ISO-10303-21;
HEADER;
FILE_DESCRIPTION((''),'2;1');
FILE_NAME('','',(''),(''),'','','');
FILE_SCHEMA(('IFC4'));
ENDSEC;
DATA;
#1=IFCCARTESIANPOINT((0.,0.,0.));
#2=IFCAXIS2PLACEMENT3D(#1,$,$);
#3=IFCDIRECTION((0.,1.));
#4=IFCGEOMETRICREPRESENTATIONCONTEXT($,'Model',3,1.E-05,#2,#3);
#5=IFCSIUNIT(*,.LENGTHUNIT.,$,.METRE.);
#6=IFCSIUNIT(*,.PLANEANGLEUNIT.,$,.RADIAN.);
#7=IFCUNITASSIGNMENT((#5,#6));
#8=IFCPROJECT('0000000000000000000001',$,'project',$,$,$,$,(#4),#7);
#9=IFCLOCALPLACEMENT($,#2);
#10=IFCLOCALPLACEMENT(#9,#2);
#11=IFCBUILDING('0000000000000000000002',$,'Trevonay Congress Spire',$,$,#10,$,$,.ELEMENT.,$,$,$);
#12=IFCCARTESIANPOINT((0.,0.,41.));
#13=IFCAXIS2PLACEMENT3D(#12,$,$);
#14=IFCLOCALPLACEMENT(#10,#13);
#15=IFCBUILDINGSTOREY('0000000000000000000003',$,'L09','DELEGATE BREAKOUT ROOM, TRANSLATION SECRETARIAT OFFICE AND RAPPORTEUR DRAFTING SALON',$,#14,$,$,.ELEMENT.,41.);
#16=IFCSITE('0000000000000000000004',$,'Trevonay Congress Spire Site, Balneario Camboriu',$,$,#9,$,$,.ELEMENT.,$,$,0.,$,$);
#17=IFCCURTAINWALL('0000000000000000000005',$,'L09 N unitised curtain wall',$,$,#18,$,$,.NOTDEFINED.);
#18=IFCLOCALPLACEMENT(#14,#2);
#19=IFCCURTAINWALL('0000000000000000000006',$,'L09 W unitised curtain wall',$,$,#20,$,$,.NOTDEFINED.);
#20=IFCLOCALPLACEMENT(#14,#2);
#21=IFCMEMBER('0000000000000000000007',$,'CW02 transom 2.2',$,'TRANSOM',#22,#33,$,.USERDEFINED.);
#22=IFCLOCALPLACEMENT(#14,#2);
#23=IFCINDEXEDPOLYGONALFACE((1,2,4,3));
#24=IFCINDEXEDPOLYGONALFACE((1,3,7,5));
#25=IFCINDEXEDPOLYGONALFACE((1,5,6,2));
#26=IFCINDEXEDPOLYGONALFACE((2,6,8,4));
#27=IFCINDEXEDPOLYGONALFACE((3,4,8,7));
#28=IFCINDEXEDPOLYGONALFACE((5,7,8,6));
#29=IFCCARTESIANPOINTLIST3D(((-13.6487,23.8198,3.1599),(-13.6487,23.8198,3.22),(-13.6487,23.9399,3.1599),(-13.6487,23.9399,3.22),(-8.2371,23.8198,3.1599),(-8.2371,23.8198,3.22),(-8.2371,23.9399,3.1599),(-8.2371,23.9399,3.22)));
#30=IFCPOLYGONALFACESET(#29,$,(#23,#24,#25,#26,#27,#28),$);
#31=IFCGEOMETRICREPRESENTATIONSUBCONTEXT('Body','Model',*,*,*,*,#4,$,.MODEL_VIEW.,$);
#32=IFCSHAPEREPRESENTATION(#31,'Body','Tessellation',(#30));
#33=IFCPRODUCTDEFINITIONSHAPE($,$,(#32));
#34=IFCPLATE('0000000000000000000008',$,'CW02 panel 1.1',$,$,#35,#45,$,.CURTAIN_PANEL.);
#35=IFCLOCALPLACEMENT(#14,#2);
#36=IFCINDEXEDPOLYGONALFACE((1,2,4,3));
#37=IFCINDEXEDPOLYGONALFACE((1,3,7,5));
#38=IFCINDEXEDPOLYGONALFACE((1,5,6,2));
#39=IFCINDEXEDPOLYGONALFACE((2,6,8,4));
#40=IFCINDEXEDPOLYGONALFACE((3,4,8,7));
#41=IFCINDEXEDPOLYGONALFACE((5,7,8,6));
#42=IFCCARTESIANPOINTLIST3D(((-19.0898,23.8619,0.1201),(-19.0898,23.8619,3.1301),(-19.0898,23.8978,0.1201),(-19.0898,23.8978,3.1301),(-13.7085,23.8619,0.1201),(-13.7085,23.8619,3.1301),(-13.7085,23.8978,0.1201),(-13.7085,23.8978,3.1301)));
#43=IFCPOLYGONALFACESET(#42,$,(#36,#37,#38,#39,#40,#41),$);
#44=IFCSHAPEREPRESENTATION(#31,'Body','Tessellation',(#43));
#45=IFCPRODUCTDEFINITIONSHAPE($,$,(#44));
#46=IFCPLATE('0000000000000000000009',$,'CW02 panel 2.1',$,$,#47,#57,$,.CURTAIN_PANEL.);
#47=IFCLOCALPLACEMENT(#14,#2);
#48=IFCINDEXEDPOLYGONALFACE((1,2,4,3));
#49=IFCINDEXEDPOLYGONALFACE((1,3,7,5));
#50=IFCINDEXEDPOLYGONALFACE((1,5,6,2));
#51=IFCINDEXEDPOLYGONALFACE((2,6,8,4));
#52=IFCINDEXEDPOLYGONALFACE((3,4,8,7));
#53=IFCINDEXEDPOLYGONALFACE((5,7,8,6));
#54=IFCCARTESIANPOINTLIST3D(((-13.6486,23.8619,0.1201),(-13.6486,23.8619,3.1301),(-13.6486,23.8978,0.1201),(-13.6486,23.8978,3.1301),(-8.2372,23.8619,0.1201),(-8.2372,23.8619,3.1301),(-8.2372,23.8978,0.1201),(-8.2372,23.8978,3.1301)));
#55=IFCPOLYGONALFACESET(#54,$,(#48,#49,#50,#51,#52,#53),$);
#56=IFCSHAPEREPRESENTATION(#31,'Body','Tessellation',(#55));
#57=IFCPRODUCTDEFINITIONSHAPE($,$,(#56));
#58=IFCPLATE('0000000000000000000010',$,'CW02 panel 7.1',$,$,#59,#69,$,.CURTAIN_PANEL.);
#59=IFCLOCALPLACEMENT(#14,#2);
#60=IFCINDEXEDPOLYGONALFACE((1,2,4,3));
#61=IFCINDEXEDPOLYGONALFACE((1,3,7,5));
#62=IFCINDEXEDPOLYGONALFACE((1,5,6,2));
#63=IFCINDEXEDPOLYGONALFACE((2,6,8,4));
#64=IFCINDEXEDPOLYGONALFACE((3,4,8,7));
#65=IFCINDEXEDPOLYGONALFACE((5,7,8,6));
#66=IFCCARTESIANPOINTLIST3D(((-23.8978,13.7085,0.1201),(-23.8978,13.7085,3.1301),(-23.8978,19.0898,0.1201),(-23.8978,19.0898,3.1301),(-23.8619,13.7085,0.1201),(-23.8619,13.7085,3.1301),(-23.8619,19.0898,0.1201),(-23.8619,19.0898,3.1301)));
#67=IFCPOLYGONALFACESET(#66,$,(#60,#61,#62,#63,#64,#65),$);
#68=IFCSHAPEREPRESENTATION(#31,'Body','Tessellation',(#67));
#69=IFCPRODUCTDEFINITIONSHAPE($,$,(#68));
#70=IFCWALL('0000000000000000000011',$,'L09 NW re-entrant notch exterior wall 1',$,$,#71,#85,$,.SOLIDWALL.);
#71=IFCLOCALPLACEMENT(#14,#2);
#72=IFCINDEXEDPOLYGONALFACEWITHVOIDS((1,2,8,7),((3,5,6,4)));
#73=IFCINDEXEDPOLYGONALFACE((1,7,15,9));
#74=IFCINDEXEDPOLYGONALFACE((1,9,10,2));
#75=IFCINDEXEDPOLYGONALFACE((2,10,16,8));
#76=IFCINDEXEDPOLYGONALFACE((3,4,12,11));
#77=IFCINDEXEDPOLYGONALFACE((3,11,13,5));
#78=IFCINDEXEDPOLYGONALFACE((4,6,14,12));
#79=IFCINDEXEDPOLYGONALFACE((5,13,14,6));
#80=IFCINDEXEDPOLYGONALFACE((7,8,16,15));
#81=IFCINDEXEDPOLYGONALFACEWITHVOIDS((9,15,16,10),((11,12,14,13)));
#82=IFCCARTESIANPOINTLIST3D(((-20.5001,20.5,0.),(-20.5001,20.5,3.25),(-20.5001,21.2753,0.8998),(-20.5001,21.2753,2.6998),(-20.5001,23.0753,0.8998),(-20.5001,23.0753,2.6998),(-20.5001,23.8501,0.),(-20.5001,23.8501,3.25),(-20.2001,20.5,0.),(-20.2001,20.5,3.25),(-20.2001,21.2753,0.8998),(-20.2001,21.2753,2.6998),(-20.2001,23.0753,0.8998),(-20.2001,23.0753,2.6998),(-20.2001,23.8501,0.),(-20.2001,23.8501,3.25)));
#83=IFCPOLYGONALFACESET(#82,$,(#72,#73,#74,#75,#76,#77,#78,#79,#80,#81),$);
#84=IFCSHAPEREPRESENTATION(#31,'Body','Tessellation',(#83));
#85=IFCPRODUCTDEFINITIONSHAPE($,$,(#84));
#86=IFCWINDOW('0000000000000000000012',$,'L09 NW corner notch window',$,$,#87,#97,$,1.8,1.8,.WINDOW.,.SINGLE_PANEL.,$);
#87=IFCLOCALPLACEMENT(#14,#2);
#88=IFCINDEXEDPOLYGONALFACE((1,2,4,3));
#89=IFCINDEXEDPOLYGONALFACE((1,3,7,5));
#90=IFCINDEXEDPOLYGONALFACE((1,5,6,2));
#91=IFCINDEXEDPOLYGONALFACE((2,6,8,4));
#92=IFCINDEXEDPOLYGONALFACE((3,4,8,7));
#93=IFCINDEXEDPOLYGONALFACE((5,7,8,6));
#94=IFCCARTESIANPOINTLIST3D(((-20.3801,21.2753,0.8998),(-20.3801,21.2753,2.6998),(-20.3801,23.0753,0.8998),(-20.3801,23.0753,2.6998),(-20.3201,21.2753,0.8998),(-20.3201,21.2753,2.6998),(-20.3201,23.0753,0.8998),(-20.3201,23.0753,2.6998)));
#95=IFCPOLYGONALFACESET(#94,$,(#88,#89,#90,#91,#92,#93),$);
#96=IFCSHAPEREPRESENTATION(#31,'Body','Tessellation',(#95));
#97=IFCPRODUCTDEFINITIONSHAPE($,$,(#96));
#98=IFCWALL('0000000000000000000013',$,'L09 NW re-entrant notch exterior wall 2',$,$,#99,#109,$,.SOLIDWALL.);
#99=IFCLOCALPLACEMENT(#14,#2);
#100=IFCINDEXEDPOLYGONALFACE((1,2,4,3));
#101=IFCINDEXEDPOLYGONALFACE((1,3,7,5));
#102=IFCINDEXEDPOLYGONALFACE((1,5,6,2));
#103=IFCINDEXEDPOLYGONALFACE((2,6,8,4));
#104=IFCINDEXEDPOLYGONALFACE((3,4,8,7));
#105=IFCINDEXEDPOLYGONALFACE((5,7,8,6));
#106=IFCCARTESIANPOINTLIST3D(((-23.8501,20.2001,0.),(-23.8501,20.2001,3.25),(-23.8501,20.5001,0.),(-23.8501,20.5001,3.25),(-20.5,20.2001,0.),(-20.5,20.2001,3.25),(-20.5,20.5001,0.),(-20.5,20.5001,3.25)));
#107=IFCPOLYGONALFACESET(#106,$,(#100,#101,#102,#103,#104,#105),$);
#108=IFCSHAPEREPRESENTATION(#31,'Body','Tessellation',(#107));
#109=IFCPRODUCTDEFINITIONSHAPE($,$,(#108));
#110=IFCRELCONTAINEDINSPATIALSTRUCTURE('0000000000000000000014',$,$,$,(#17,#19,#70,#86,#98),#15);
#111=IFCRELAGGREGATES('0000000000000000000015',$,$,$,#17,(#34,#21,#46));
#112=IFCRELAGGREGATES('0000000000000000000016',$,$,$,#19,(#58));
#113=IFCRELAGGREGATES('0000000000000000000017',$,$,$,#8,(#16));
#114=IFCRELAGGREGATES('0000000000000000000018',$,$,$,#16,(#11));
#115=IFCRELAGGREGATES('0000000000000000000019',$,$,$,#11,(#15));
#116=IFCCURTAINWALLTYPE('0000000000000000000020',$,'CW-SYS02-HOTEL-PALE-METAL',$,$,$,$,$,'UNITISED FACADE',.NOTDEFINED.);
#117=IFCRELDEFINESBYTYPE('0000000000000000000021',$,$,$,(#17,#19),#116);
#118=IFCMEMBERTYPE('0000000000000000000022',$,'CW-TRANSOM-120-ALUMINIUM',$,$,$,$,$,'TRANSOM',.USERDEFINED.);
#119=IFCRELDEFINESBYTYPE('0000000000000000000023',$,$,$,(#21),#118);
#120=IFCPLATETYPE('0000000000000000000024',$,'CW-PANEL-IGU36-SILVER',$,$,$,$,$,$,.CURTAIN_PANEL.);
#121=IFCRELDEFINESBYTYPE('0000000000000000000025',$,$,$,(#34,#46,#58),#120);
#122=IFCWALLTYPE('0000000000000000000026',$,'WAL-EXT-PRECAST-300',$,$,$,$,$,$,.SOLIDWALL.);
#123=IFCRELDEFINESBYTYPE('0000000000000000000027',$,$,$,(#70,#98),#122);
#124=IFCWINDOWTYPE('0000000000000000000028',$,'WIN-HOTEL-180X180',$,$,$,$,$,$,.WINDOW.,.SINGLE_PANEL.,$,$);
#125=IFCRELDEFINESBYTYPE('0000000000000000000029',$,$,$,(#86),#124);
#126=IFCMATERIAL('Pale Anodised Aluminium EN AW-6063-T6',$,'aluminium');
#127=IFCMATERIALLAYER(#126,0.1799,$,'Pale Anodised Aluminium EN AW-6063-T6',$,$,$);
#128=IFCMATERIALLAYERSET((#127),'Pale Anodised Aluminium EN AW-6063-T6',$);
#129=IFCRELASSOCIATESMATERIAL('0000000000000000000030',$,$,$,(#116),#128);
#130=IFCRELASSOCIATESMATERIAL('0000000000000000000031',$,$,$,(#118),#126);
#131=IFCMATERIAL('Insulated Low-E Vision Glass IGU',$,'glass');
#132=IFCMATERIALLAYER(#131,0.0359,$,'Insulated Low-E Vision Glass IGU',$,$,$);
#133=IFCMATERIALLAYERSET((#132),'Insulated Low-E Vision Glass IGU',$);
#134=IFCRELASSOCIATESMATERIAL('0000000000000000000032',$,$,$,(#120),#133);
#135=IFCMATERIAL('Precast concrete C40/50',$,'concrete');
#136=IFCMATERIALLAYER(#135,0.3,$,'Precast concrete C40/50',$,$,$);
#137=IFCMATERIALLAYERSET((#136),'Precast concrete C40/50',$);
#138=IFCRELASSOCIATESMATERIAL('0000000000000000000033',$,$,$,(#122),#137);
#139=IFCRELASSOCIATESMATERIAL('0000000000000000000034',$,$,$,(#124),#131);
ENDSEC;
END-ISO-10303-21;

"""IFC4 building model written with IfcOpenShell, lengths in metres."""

from ifc_helpers import new_model, si_unit, direction, frame, frame_2d, origin, origin_2d, place, context, subcontext, project, spatial, rectangle, extrude, material, layer, layer_set, material_profile, profile_set, type_object, element, fill, aggregate, save


model = new_model("IFC4")

# Units and contexts
model_context = context("Model", 3, precision=1e-05, world=origin(), true_north=direction((0.0, 1.0)))
body_context = subcontext(model_context, "Body", "Model", "MODEL_VIEW")
ifc_project = project(units=[si_unit("LENGTHUNIT", "METRE"), si_unit("PLANEANGLEUNIT", "RADIAN")], contexts=[model_context])

# Site, building, storey
site_placement = place(None, origin())
site = spatial("IfcSite", under=ifc_project, at=site_placement, Name="Trevonay Congress Spire Site, Balneario Camboriu", CompositionType="ELEMENT", RefElevation=0.0)
building_placement = place(site_placement, origin())
building = spatial("IfcBuilding", under=site, at=building_placement, Name="Trevonay Congress Spire", CompositionType="ELEMENT")
storey_placement = place(building_placement, frame((0.0, 0.0, 41.0)))
storey = spatial("IfcBuildingStorey", under=building, at=storey_placement, Name="L09", Description="DELEGATE BREAKOUT ROOM, TRANSLATION SECRETARIAT OFFICE AND RAPPORTEUR DRAFTING SALON", CompositionType="ELEMENT", Elevation=41.0)

# Curtain wall
ifc_material_1 = material(Name="Pale Anodised Aluminium EN AW-6063-T6", Category="aluminium")
ifc_layer_1 = layer(ifc_material_1, 0.1799, Name="Pale Anodised Aluminium EN AW-6063-T6")
ifc_layer_set_1 = layer_set([ifc_layer_1], Name="Pale Anodised Aluminium EN AW-6063-T6")
curtain_wall_type = type_object("IfcCurtainWallType", Name="CW-SYS02-HOTEL-PALE-METAL", ElementType="UNITISED FACADE", PredefinedType="NOTDEFINED", material=ifc_layer_set_1)
curtain_wall_1_placement = place(storey_placement, origin())
curtain_wall_1 = element("IfcCurtainWall", 1, at=curtain_wall_1_placement, inside=storey, type_object=curtain_wall_type, Name="L09 N unitised curtain wall", PredefinedType="NOTDEFINED")

# Curtain wall
curtain_wall_2_placement = place(storey_placement, origin())
curtain_wall_2 = element("IfcCurtainWall", 2, at=curtain_wall_2_placement, inside=storey, type_object=curtain_wall_type, Name="L09 W unitised curtain wall", PredefinedType="NOTDEFINED")

# Member
ifc_material_profile_1 = material_profile(ifc_material_1, rectangle(XDim=0.1201, YDim=0.0601, at=origin_2d()), Name="CW-TRANSOM-120-ALUMINIUM")
ifc_profile_set_1 = profile_set([ifc_material_profile_1], Name="Pale Anodised Aluminium EN AW-6063-T6")
member_type_1 = type_object("IfcMemberType", Name="CW-TRANSOM-120-ALUMINIUM", ElementType="TRANSOM", PredefinedType="USERDEFINED", material=ifc_profile_set_1)
member_1_placement = place(storey_placement, frame((-13.6487, 23.8799, 3.1899), z_axis=(1.0, 0.0, 0.0), x_axis=(0.0, 1.0, 0.0)))
member_1 = element("IfcMember", 3, at=member_1_placement, type_object=member_type_1, Name="CW02 transom 2.2", ObjectType="TRANSOM", PredefinedType="USERDEFINED", context=body_context, shape_type="SweptSolid", body=[
    extrude(rectangle(XDim=0.1201, YDim=0.0601, at=origin_2d()), origin(), (0.0, 0.0, 1.0), 5.4116),
])

# Plates
ifc_material_2 = material(Name="Insulated Low-E Vision Glass IGU", Category="glass")
ifc_layer_2 = layer(ifc_material_2, 0.0359, Name="Insulated Low-E Vision Glass IGU")
ifc_layer_set_2 = layer_set([ifc_layer_2], Name="Insulated Low-E Vision Glass IGU")
plate_type = type_object("IfcPlateType", Name="CW-PANEL-IGU36-SILVER", PredefinedType="CURTAIN_PANEL", material=ifc_layer_set_2)
plate_1_placement = place(storey_placement, frame((-16.3992, 23.8799, 0.1201), z_axis=(0.0, 0.0, 1.0), x_axis=(1.0, 0.0, 0.0)))
plate_1 = element("IfcPlate", 4, at=plate_1_placement, type_object=plate_type, Name="CW02 panel 1.1", PredefinedType="CURTAIN_PANEL", context=body_context, shape_type="SweptSolid", body=[
    extrude(rectangle(XDim=5.3813, YDim=0.0359, at=origin_2d()), origin(), (0.0, 0.0, 1.0), 3.01),
])
plate_2_placement = place(storey_placement, frame((-10.9429, 23.8799, 0.1201), z_axis=(0.0, 0.0, 1.0), x_axis=(1.0, 0.0, 0.0)))
plate_2 = element("IfcPlate", 5, at=plate_2_placement, type_object=plate_type, Name="CW02 panel 2.1", PredefinedType="CURTAIN_PANEL", context=body_context, shape_type="SweptSolid", body=[
    extrude(rectangle(XDim=5.4114, YDim=0.0359, at=origin_2d()), origin(), (0.0, 0.0, 1.0), 3.01),
])
aggregate(curtain_wall_1, [plate_1, member_1, plate_2])
plate_3_placement = place(storey_placement, frame((-23.8799, 16.3992, 0.1201), z_axis=(0.0, 0.0, 1.0), x_axis=(0.0, 1.0, 0.0)))
plate_3 = element("IfcPlate", 6, at=plate_3_placement, type_object=plate_type, Name="CW02 panel 7.1", PredefinedType="CURTAIN_PANEL", context=body_context, shape_type="SweptSolid", body=[
    extrude(rectangle(XDim=5.3813, YDim=0.0359, at=origin_2d()), origin(), (0.0, 0.0, 1.0), 3.01),
])
aggregate(curtain_wall_2, [plate_3])

# Wall, opening, window
ifc_material_3 = material(Name="Precast concrete C40/50", Category="concrete")
ifc_layer_3 = layer(ifc_material_3, 0.3, Name="Precast concrete C40/50")
ifc_layer_set_3 = layer_set([ifc_layer_3], Name="Precast concrete C40/50")
wall_type = type_object("IfcWallType", Name="WAL-EXT-PRECAST-300", PredefinedType="SOLIDWALL", material=ifc_layer_set_3)
wall_1_placement = place(storey_placement, frame((-20.3501, 23.8501, 0.0), z_axis=(0.0, 0.0, 1.0), x_axis=(0.0, -1.0, 0.0)))
wall_1 = element("IfcWall", 7, at=wall_1_placement, inside=storey, type_object=wall_type, Name="L09 NW re-entrant notch exterior wall 1", PredefinedType="SOLIDWALL", context=body_context, shape_type="SweptSolid", body=[
    extrude(rectangle(XDim=3.3501, YDim=0.3, at=frame_2d((1.675, 0.0))), origin(), (0.0, 0.0, 1.0), 3.25),
])
opening_placement = place(wall_1_placement, frame((0.7749, 0.0, 0.8999)))
opening = element("IfcOpeningElement", 8, at=opening_placement, cuts=wall_1, PredefinedType="OPENING", context=body_context, shape_type="SweptSolid", body=[
    extrude(rectangle(XDim=1.8, YDim=1.8, at=frame_2d((0.8999, 0.8999))), frame((0.0, 0.1602, 0.0), z_axis=(0.0, -1.0, 0.0), x_axis=(1.0, 0.0, 0.0)), (0.0, 0.0, 1.0), 0.3201),
])
window_type = type_object("IfcWindowType", Name="WIN-HOTEL-180X180", PartitioningType="SINGLE_PANEL", PredefinedType="WINDOW", material=ifc_material_2)
window_placement = place(opening_placement, origin())
window = element("IfcWindow", 9, at=window_placement, inside=storey, type_object=window_type, Name="L09 NW corner notch window", OverallHeight=1.8, OverallWidth=1.8, PartitioningType="SINGLE_PANEL", PredefinedType="WINDOW", context=body_context, shape_type="SweptSolid", body=[
    extrude(rectangle(XDim=1.8, YDim=1.8, at=frame_2d((0.8999, 0.8999))), frame((0.0, 0.03, 0.0), z_axis=(0.0, -1.0, 0.0), x_axis=(1.0, 0.0, 0.0)), (0.0, 0.0, 1.0), 0.0601),
])
fill(opening, window)

# Wall
wall_2_placement = place(storey_placement, frame((-23.8501, 20.3501, 0.0), z_axis=(0.0, 0.0, 1.0), x_axis=(1.0, 0.0, 0.0)))
element("IfcWall", 10, at=wall_2_placement, inside=storey, type_object=wall_type, Name="L09 NW re-entrant notch exterior wall 2", PredefinedType="SOLIDWALL", context=body_context, shape_type="SweptSolid", body=[
    extrude(rectangle(XDim=3.3501, YDim=0.3, at=frame_2d((1.675, 0.0))), origin(), (0.0, 0.0, 1.0), 3.25),
])

save(model, "model.ifc")
